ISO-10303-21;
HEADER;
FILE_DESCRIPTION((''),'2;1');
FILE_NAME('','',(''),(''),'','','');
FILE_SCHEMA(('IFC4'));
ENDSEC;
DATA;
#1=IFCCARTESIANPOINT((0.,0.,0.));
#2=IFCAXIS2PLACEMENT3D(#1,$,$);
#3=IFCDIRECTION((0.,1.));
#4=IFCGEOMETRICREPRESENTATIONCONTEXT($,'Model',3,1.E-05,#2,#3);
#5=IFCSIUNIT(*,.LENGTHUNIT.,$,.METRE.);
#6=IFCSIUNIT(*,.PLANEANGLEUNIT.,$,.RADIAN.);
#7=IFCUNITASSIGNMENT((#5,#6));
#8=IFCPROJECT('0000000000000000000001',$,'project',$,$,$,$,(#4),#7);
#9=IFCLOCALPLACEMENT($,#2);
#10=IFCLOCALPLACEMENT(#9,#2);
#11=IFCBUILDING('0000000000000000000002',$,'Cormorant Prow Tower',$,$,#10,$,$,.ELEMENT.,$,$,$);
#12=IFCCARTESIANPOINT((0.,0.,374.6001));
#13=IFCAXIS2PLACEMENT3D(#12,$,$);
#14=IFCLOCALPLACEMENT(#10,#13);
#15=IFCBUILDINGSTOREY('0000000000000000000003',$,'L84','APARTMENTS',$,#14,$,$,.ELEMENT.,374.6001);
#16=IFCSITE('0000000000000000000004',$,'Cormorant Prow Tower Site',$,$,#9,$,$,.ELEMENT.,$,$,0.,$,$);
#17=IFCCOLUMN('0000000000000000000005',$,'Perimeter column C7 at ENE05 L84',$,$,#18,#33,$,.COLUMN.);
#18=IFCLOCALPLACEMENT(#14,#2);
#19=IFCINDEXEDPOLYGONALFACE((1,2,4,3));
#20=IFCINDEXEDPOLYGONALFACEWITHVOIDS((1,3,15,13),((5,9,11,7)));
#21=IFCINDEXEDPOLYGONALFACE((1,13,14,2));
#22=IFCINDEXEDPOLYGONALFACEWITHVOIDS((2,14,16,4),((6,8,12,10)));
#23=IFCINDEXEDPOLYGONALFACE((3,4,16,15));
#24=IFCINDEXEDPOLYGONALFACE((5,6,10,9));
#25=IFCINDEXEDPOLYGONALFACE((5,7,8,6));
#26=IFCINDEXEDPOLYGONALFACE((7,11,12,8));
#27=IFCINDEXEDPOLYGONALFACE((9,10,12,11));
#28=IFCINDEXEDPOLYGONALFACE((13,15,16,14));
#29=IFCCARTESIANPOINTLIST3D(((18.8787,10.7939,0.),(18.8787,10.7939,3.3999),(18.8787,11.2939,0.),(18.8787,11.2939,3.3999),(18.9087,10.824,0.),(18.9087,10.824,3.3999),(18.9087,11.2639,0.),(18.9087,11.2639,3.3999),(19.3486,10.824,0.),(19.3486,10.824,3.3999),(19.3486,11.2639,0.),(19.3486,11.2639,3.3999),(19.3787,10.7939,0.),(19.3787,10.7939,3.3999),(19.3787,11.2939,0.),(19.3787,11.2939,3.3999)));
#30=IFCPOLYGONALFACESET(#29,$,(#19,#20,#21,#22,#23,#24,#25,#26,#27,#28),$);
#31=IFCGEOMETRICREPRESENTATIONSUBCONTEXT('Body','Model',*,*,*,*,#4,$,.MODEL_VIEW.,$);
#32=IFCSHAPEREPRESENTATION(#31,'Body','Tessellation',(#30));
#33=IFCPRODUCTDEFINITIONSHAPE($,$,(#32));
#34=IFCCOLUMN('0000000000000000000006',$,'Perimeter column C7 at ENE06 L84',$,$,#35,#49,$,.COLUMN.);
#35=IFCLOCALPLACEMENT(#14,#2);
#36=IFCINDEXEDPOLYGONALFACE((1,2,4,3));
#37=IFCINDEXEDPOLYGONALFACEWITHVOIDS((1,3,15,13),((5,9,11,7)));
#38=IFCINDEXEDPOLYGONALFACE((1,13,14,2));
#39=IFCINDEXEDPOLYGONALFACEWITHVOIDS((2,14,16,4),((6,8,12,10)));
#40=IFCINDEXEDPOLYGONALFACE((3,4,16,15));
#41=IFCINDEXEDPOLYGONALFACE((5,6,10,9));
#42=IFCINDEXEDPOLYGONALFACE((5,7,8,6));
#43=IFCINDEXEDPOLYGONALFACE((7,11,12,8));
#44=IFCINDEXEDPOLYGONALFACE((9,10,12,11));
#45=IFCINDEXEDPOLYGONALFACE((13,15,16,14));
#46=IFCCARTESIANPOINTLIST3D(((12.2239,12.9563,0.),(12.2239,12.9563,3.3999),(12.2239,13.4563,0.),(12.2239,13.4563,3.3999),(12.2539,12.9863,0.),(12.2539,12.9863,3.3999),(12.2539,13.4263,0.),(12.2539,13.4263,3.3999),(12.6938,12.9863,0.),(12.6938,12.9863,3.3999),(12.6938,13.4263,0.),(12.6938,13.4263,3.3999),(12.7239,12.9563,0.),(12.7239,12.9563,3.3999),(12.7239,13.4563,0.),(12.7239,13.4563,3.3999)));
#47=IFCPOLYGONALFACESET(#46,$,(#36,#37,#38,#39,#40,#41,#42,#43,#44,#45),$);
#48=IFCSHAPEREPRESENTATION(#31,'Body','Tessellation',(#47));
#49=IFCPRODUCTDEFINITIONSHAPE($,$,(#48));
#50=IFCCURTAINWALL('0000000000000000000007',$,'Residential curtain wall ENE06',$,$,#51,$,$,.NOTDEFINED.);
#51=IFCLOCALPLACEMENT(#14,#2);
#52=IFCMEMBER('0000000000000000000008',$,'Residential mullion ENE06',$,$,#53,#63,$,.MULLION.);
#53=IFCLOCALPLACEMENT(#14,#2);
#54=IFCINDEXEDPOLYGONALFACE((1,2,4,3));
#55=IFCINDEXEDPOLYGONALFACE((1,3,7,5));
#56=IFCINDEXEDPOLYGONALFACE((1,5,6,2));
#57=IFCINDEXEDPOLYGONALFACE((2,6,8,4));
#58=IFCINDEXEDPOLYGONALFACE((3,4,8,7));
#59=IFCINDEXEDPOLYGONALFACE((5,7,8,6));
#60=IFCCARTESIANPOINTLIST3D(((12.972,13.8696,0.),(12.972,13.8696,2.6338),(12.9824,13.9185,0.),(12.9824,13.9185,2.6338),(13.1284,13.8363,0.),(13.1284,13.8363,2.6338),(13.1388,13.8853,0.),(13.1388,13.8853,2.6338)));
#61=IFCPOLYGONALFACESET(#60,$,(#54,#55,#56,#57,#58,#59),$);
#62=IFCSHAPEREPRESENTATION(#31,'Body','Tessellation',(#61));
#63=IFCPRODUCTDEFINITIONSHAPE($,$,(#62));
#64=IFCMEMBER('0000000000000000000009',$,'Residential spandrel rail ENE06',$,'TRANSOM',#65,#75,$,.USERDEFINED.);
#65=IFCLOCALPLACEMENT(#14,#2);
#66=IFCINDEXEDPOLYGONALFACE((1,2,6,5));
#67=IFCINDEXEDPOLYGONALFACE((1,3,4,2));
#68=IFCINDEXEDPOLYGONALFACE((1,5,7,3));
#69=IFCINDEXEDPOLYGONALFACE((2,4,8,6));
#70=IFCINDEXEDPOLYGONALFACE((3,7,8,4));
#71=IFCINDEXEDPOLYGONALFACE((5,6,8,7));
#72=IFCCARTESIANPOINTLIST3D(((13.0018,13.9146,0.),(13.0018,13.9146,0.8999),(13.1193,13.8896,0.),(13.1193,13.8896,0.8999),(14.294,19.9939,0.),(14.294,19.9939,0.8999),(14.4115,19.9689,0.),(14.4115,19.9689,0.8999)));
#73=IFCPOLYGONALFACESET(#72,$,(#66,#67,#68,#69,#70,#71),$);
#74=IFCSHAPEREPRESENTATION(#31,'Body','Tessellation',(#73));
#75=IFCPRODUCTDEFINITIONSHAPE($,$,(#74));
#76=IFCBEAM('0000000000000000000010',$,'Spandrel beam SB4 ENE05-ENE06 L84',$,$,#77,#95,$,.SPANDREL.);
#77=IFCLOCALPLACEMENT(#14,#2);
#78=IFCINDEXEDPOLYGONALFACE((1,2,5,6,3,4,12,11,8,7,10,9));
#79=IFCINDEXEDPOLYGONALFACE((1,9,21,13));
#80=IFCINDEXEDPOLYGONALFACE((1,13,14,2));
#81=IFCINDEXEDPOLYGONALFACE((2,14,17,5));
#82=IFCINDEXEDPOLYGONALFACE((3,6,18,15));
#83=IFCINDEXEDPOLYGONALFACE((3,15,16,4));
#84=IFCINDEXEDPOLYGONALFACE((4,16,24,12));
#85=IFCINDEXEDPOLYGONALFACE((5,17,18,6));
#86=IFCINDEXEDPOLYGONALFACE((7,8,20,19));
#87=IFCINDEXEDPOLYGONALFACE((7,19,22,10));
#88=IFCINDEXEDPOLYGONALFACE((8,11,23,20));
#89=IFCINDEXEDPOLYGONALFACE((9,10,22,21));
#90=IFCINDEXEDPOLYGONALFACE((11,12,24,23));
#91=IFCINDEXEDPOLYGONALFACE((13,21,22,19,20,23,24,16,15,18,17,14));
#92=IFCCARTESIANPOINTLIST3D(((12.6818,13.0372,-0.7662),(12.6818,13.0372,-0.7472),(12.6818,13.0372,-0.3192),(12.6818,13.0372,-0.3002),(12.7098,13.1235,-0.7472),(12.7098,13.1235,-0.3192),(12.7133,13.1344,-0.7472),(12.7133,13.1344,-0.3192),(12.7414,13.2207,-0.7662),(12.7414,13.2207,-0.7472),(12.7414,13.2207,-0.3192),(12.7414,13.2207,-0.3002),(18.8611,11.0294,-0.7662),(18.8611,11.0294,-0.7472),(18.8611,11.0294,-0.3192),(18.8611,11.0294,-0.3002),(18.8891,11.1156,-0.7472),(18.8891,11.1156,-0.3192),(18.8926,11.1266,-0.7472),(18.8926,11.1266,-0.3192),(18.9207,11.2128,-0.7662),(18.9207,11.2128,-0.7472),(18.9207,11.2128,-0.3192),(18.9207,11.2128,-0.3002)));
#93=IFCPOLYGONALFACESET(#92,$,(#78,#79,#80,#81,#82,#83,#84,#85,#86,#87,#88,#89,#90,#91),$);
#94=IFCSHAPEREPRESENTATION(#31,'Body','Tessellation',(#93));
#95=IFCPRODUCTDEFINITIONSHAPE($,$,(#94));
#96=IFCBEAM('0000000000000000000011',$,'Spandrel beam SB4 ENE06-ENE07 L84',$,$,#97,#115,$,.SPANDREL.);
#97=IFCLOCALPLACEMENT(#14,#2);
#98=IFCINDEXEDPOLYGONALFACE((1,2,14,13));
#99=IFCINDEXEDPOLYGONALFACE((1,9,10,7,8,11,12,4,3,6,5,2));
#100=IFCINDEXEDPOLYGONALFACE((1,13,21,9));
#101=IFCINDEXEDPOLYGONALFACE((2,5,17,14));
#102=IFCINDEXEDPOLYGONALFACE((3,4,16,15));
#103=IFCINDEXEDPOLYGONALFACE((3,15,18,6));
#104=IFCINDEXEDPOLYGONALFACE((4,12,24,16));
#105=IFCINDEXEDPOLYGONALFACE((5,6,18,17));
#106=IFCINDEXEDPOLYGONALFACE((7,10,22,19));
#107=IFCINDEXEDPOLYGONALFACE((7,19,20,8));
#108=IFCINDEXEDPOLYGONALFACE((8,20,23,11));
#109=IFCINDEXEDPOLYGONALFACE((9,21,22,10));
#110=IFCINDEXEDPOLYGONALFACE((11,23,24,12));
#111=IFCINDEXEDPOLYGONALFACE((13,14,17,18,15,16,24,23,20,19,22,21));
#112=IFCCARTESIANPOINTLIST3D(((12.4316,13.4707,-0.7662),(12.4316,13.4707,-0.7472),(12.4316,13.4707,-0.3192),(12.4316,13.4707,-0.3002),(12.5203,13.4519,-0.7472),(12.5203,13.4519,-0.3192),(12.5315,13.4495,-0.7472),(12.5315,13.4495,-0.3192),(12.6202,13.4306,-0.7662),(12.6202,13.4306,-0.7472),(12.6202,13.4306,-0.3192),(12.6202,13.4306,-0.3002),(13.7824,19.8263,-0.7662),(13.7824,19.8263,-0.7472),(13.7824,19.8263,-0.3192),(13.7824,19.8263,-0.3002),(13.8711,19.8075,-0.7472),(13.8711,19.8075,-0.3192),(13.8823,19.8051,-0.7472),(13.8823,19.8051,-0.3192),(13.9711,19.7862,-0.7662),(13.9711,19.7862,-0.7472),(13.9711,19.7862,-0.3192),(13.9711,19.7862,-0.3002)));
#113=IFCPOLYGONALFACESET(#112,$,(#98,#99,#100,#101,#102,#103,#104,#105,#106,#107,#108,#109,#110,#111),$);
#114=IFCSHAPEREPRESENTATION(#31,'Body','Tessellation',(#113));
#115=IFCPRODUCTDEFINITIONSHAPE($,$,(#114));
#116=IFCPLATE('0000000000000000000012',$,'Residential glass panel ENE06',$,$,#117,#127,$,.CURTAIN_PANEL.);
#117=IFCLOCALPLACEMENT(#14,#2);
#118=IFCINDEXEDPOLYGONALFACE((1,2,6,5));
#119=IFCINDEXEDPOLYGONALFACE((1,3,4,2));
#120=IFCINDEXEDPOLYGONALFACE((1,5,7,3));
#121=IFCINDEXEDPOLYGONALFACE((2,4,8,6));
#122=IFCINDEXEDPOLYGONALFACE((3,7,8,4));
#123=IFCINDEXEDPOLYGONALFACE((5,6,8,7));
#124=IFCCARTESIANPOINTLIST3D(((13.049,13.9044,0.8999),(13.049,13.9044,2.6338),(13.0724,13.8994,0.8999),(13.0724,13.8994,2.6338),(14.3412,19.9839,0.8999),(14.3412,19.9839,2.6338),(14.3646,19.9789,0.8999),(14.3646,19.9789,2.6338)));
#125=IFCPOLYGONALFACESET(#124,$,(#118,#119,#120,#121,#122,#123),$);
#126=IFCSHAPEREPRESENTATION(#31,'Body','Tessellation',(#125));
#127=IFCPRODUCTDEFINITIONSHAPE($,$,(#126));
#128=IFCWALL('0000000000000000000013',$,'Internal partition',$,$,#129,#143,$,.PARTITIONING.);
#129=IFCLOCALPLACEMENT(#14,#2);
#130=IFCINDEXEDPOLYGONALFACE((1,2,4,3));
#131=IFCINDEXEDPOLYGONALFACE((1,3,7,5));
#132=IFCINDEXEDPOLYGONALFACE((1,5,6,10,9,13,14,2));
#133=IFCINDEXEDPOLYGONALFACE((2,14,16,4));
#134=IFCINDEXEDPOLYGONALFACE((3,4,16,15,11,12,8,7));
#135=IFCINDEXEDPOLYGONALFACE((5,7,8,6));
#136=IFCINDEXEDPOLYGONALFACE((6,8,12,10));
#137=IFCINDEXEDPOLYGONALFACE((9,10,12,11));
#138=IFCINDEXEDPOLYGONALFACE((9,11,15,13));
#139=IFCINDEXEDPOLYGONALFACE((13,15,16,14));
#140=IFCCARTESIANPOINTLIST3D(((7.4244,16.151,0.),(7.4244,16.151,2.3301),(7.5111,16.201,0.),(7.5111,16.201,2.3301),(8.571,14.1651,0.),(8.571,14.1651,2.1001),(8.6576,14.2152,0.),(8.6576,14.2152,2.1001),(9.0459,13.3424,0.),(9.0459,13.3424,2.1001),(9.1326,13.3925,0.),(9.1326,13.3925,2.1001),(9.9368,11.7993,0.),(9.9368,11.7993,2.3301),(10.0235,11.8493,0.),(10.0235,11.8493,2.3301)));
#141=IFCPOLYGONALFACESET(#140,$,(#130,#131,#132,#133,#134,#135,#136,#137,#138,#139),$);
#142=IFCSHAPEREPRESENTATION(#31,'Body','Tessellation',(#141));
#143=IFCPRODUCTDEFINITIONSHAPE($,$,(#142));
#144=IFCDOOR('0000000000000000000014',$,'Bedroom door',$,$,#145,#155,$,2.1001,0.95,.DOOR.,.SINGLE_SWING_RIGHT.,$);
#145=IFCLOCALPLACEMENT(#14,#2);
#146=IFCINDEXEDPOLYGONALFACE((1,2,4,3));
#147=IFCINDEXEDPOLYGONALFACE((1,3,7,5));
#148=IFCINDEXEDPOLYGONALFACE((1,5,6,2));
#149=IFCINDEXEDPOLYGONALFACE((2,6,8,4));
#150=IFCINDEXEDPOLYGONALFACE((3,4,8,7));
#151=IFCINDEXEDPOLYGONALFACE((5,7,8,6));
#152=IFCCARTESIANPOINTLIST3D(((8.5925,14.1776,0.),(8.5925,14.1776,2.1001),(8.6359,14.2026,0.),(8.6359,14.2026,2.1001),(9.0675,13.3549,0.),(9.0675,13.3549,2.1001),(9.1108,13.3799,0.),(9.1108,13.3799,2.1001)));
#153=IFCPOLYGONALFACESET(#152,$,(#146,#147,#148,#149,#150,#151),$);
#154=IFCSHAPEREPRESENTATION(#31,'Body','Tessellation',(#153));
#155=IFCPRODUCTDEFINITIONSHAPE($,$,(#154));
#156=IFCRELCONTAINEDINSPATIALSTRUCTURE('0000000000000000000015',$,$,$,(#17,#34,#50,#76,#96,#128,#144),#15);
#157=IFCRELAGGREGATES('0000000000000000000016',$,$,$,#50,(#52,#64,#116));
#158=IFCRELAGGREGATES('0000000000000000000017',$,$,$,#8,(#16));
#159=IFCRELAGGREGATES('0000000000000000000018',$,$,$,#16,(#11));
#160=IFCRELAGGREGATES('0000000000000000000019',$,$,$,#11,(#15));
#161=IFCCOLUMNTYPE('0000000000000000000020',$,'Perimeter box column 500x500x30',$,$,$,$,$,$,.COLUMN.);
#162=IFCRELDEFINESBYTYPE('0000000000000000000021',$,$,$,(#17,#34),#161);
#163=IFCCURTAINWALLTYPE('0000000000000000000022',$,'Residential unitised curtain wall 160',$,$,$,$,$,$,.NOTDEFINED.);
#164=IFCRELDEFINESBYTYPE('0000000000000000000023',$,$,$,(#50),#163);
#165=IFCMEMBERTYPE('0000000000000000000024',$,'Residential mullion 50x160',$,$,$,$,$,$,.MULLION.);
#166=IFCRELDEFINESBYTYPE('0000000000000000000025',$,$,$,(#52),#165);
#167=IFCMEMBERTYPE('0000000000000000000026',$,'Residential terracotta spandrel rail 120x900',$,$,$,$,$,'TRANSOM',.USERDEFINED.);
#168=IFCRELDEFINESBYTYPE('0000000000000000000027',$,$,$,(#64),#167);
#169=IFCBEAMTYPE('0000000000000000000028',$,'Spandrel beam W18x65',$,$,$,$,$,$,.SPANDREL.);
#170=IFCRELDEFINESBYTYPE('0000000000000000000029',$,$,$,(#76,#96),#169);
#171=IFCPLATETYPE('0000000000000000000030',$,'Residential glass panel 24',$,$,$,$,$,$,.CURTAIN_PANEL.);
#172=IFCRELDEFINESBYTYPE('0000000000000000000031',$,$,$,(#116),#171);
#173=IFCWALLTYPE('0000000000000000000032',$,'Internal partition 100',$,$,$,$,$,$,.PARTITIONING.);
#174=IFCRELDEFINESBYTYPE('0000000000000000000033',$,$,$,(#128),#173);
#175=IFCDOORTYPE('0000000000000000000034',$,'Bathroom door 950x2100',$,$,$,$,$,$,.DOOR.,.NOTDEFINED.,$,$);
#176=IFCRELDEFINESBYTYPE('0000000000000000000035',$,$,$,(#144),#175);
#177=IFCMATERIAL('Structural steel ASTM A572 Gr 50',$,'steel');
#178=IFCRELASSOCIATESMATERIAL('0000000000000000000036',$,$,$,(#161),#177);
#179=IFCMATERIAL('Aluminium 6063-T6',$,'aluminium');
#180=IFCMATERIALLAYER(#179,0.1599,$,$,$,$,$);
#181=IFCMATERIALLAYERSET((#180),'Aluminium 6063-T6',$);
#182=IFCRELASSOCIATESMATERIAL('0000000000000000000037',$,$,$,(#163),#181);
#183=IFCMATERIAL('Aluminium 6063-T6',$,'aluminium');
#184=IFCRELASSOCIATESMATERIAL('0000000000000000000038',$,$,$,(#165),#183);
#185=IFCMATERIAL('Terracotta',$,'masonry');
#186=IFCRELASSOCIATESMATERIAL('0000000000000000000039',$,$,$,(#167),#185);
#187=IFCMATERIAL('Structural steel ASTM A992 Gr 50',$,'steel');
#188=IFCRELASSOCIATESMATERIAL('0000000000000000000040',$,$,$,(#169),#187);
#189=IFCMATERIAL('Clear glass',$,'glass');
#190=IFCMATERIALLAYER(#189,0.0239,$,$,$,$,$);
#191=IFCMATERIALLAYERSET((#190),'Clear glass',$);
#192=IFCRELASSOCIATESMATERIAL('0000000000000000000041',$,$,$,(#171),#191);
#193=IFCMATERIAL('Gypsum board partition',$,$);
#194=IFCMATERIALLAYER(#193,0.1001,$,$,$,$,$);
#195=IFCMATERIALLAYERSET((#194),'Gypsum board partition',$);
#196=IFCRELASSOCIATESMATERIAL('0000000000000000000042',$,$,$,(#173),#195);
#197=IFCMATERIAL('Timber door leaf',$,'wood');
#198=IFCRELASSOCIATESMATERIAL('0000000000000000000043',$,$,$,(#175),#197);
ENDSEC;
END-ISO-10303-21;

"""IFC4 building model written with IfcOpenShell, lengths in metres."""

from ifc_helpers import new_model, si_unit, direction, frame, frame_2d, origin, origin_2d, place, context, subcontext, project, spatial, rectangle, hollow_rectangle, i_section, extrude, material, layer, layer_set, material_profile, profile_set, type_object, element, fill, aggregate, save


model = new_model("IFC4")

# Units and contexts
model_context = context("Model", 3, precision=1e-05, world=origin(), true_north=direction((0.0, 1.0)))
body_context = subcontext(model_context, "Body", "Model", "MODEL_VIEW")
ifc_project = project(units=[si_unit("LENGTHUNIT", "METRE"), si_unit("PLANEANGLEUNIT", "RADIAN")], contexts=[model_context])

# Site, building, storey
site_placement = place(None, origin())
site = spatial("IfcSite", under=ifc_project, at=site_placement, Name="Cormorant Prow Tower Site", CompositionType="ELEMENT", RefElevation=0.0)
building_placement = place(site_placement, origin())
building = spatial("IfcBuilding", under=site, at=building_placement, Name="Cormorant Prow Tower", CompositionType="ELEMENT")
storey_placement = place(building_placement, frame((0.0, 0.0, 374.6001)))
storey = spatial("IfcBuildingStorey", under=building, at=storey_placement, Name="L84", Description="APARTMENTS", CompositionType="ELEMENT", Elevation=374.6001)

# Columns
ifc_material_1 = material(Name="Structural steel ASTM A572 Gr 50", Category="steel")
ifc_material_profile_1 = material_profile(ifc_material_1, hollow_rectangle(XDim=0.5, YDim=0.5, WallThickness=0.03, at=origin_2d()), Name="Box 500x500x30")
ifc_profile_set_1 = profile_set([ifc_material_profile_1], Name="Structural steel ASTM A572 Gr 50")
column_type = type_object("IfcColumnType", Name="Perimeter box column 500x500x30", PredefinedType="COLUMN", material=ifc_profile_set_1)
for number, where, z_axis, x_axis, name in (
    (1, (19.1287, 11.0439, 0.0), (0.0, 0.0, 1.0), (1.0, 0.0, 0.0), "Perimeter column C7 at ENE05 L84"),
    (2, (12.4739, 13.2063, 0.0), (0.0, 0.0, 1.0), (1.0, 0.0, 0.0), "Perimeter column C7 at ENE06 L84"),
):
    element("IfcColumn", number, at=place(storey_placement, frame(where, z_axis=z_axis, x_axis=x_axis)), inside=storey, type_object=column_type, Name=name, PredefinedType="COLUMN", context=body_context, shape_type="SweptSolid", body=[
        extrude(hollow_rectangle(XDim=0.5, YDim=0.5, WallThickness=0.03, at=origin_2d()), origin(), (0.0, 0.0, 1.0), 3.3999),
    ])

# Curtain wall, members
ifc_material_2 = material(Name="Aluminium 6063-T6", Category="aluminium")
ifc_layer_1 = layer(ifc_material_2, 0.1599)
ifc_layer_set_1 = layer_set([ifc_layer_1], Name="Aluminium 6063-T6")
curtain_wall_type = type_object("IfcCurtainWallType", Name="Residential unitised curtain wall 160", PredefinedType="NOTDEFINED", material=ifc_layer_set_1)
curtain_wall_placement = place(storey_placement, origin())
curtain_wall = element("IfcCurtainWall", 3, at=curtain_wall_placement, inside=storey, type_object=curtain_wall_type, Name="Residential curtain wall ENE06", PredefinedType="NOTDEFINED")
ifc_material_3 = material(Name="Aluminium 6063-T6", Category="aluminium")
ifc_material_profile_2 = material_profile(ifc_material_3, rectangle(XDim=0.1599, YDim=0.05, at=origin_2d()), Name="Residential mullion 50x160")
ifc_profile_set_2 = profile_set([ifc_material_profile_2], Name="Aluminium 6063-T6")
member_type_1 = type_object("IfcMemberType", Name="Residential mullion 50x160", PredefinedType="MULLION", material=ifc_profile_set_2)
member_1_placement = place(storey_placement, frame((13.0554, 13.8774, 0.0), z_axis=(0.0, 0.0, 1.0), x_axis=(-0.978148, 0.207912, 0.0)))
member_1 = element("IfcMember", 4, at=member_1_placement, type_object=member_type_1, Name="Residential mullion ENE06", PredefinedType="MULLION", context=body_context, shape_type="SweptSolid", body=[
    extrude(rectangle(XDim=0.1599, YDim=0.05, at=origin_2d()), origin(), (0.0, 0.0, 1.0), 2.6338),
])
ifc_material_4 = material(Name="Terracotta", Category="masonry")
ifc_material_profile_3 = material_profile(ifc_material_4, rectangle(XDim=0.1201, YDim=0.8999, at=origin_2d()), Name="Residential terracotta spandrel rail 120x900")
ifc_profile_set_3 = profile_set([ifc_material_profile_3], Name="Terracotta")
member_type_2 = type_object("IfcMemberType", Name="Residential terracotta spandrel rail 120x900", ElementType="TRANSOM", PredefinedType="USERDEFINED", material=ifc_profile_set_3)
member_2_placement = place(storey_placement, frame((13.0605, 13.9021, 0.45), z_axis=(0.207917, 0.978147, 0.0), x_axis=(-0.978147, 0.207917, 0.0)))
member_2 = element("IfcMember", 5, at=member_2_placement, type_object=member_type_2, Name="Residential spandrel rail ENE06", ObjectType="TRANSOM", PredefinedType="USERDEFINED", context=body_context, shape_type="SweptSolid", body=[
    extrude(rectangle(XDim=0.1201, YDim=0.8999, at=origin_2d()), origin(), (0.0, 0.0, 1.0), 6.2151),
])

# Beams
ifc_material_5 = material(Name="Structural steel ASTM A992 Gr 50", Category="steel")
ifc_material_profile_4 = material_profile(ifc_material_5, i_section(OverallWidth=0.1929, OverallDepth=0.4661, WebThickness=0.0115, FlangeThickness=0.019, at=origin_2d()), Name="W18x65")
ifc_profile_set_4 = profile_set([ifc_material_profile_4], Name="Structural steel ASTM A992 Gr 50")
beam_type = type_object("IfcBeamType", Name="Spandrel beam W18x65", PredefinedType="SPANDREL", material=ifc_profile_set_4)
beam_1_placement = place(storey_placement, frame((18.8909, 11.1211, -0.5332), z_axis=(-0.951053, 0.309027, 0.0), x_axis=(-0.309027, -0.951053, 0.0)))
element("IfcBeam", 6, at=beam_1_placement, inside=storey, type_object=beam_type, Name="Spandrel beam SB4 ENE05-ENE06 L84", PredefinedType="SPANDREL", context=body_context, shape_type="SweptSolid", body=[
    extrude(i_section(OverallWidth=0.1929, OverallDepth=0.4661, WebThickness=0.0115, FlangeThickness=0.019, at=origin_2d()), origin(), (0.0, 0.0, 1.0), 6.4973),
])
beam_2_placement = place(storey_placement, frame((12.5259, 13.4507, -0.5332), z_axis=(0.207902, 0.97815, 0.0), x_axis=(-0.97815, 0.207902, 0.0)))
element("IfcBeam", 7, at=beam_2_placement, inside=storey, type_object=beam_type, Name="Spandrel beam SB4 ENE06-ENE07 L84", PredefinedType="SPANDREL", context=body_context, shape_type="SweptSolid", body=[
    extrude(i_section(OverallWidth=0.1929, OverallDepth=0.4661, WebThickness=0.0115, FlangeThickness=0.019, at=origin_2d()), origin(), (0.0, 0.0, 1.0), 6.4976),
])

# Plate
ifc_material_6 = material(Name="Clear glass", Category="glass")
ifc_layer_2 = layer(ifc_material_6, 0.0239)
ifc_layer_set_2 = layer_set([ifc_layer_2], Name="Clear glass")
plate_type = type_object("IfcPlateType", Name="Residential glass panel 24", PredefinedType="CURTAIN_PANEL", material=ifc_layer_set_2)
plate_placement = place(storey_placement, frame((13.7068, 16.9417, 0.8999), z_axis=(0.0, 0.0, 1.0), x_axis=(0.207912, 0.978148, 0.0)))
plate = element("IfcPlate", 8, at=plate_placement, type_object=plate_type, Name="Residential glass panel ENE06", PredefinedType="CURTAIN_PANEL", context=body_context, shape_type="SweptSolid", body=[
    extrude(rectangle(XDim=6.2153, YDim=0.0239, at=origin_2d()), origin(), (0.0, 0.0, 1.0), 1.7339),
])
aggregate(curtain_wall, [member_1, member_2, plate])

# Wall, opening, door
ifc_material_7 = material(Name="Gypsum board partition")
ifc_layer_3 = layer(ifc_material_7, 0.1001)
ifc_layer_set_3 = layer_set([ifc_layer_3], Name="Gypsum board partition")
wall_type_1 = type_object("IfcWallType", Name="Internal partition 100", PredefinedType="PARTITIONING", material=ifc_layer_set_3)
wall_1_placement = place(storey_placement, frame((7.4678, 16.176, 0.0), z_axis=(0.0, 0.0, 1.0), x_axis=(0.49999, -0.866031, 0.0)))
wall_1 = element("IfcWall", 9, at=wall_1_placement, inside=storey, type_object=wall_type_1, Name="Internal partition", PredefinedType="PARTITIONING", context=body_context, shape_type="SweptSolid", body=[
    extrude(rectangle(XDim=5.0249, YDim=0.1001, at=frame_2d((2.5125, 0.0))), origin(), (0.0, 0.0, 1.0), 2.3301),
])
opening_1_placement = place(wall_1_placement, frame((2.293, 0.0, 0.0)))
opening_1 = element("IfcOpeningElement", 10, at=opening_1_placement, cuts=wall_1, PredefinedType="OPENING", context=body_context, shape_type="SweptSolid", body=[
    extrude(rectangle(XDim=0.95, YDim=2.1001, at=frame_2d((0.4751, 1.05))), frame((0.0, 0.0601, 0.0), z_axis=(0.0, -1.0, 0.0), x_axis=(1.0, 0.0, 0.0)), (0.0, 0.0, 1.0), 0.1201),
])
ifc_material_8 = material(Name="Timber door leaf", Category="wood")
door_type_1 = type_object("IfcDoorType", Name="Bathroom door 950x2100", OperationType="NOTDEFINED", PredefinedType="DOOR", material=ifc_material_8)
door_1_placement = place(opening_1_placement, origin())
door_1 = element("IfcDoor", 11, at=door_1_placement, inside=storey, type_object=door_type_1, Name="Bedroom door", OperationType="SINGLE_SWING_RIGHT", OverallHeight=2.1001, OverallWidth=0.95, PredefinedType="DOOR", context=body_context, shape_type="SweptSolid", body=[
    extrude(rectangle(XDim=0.95, YDim=2.1001, at=frame_2d((0.4751, 1.05))), frame((0.0, 0.0249, 0.0), z_axis=(0.0, -1.0, 0.0), x_axis=(1.0, 0.0, 0.0)), (0.0, 0.0, 1.0), 0.05),
])
fill(opening_1, door_1)

save(model, "model.ifc")
